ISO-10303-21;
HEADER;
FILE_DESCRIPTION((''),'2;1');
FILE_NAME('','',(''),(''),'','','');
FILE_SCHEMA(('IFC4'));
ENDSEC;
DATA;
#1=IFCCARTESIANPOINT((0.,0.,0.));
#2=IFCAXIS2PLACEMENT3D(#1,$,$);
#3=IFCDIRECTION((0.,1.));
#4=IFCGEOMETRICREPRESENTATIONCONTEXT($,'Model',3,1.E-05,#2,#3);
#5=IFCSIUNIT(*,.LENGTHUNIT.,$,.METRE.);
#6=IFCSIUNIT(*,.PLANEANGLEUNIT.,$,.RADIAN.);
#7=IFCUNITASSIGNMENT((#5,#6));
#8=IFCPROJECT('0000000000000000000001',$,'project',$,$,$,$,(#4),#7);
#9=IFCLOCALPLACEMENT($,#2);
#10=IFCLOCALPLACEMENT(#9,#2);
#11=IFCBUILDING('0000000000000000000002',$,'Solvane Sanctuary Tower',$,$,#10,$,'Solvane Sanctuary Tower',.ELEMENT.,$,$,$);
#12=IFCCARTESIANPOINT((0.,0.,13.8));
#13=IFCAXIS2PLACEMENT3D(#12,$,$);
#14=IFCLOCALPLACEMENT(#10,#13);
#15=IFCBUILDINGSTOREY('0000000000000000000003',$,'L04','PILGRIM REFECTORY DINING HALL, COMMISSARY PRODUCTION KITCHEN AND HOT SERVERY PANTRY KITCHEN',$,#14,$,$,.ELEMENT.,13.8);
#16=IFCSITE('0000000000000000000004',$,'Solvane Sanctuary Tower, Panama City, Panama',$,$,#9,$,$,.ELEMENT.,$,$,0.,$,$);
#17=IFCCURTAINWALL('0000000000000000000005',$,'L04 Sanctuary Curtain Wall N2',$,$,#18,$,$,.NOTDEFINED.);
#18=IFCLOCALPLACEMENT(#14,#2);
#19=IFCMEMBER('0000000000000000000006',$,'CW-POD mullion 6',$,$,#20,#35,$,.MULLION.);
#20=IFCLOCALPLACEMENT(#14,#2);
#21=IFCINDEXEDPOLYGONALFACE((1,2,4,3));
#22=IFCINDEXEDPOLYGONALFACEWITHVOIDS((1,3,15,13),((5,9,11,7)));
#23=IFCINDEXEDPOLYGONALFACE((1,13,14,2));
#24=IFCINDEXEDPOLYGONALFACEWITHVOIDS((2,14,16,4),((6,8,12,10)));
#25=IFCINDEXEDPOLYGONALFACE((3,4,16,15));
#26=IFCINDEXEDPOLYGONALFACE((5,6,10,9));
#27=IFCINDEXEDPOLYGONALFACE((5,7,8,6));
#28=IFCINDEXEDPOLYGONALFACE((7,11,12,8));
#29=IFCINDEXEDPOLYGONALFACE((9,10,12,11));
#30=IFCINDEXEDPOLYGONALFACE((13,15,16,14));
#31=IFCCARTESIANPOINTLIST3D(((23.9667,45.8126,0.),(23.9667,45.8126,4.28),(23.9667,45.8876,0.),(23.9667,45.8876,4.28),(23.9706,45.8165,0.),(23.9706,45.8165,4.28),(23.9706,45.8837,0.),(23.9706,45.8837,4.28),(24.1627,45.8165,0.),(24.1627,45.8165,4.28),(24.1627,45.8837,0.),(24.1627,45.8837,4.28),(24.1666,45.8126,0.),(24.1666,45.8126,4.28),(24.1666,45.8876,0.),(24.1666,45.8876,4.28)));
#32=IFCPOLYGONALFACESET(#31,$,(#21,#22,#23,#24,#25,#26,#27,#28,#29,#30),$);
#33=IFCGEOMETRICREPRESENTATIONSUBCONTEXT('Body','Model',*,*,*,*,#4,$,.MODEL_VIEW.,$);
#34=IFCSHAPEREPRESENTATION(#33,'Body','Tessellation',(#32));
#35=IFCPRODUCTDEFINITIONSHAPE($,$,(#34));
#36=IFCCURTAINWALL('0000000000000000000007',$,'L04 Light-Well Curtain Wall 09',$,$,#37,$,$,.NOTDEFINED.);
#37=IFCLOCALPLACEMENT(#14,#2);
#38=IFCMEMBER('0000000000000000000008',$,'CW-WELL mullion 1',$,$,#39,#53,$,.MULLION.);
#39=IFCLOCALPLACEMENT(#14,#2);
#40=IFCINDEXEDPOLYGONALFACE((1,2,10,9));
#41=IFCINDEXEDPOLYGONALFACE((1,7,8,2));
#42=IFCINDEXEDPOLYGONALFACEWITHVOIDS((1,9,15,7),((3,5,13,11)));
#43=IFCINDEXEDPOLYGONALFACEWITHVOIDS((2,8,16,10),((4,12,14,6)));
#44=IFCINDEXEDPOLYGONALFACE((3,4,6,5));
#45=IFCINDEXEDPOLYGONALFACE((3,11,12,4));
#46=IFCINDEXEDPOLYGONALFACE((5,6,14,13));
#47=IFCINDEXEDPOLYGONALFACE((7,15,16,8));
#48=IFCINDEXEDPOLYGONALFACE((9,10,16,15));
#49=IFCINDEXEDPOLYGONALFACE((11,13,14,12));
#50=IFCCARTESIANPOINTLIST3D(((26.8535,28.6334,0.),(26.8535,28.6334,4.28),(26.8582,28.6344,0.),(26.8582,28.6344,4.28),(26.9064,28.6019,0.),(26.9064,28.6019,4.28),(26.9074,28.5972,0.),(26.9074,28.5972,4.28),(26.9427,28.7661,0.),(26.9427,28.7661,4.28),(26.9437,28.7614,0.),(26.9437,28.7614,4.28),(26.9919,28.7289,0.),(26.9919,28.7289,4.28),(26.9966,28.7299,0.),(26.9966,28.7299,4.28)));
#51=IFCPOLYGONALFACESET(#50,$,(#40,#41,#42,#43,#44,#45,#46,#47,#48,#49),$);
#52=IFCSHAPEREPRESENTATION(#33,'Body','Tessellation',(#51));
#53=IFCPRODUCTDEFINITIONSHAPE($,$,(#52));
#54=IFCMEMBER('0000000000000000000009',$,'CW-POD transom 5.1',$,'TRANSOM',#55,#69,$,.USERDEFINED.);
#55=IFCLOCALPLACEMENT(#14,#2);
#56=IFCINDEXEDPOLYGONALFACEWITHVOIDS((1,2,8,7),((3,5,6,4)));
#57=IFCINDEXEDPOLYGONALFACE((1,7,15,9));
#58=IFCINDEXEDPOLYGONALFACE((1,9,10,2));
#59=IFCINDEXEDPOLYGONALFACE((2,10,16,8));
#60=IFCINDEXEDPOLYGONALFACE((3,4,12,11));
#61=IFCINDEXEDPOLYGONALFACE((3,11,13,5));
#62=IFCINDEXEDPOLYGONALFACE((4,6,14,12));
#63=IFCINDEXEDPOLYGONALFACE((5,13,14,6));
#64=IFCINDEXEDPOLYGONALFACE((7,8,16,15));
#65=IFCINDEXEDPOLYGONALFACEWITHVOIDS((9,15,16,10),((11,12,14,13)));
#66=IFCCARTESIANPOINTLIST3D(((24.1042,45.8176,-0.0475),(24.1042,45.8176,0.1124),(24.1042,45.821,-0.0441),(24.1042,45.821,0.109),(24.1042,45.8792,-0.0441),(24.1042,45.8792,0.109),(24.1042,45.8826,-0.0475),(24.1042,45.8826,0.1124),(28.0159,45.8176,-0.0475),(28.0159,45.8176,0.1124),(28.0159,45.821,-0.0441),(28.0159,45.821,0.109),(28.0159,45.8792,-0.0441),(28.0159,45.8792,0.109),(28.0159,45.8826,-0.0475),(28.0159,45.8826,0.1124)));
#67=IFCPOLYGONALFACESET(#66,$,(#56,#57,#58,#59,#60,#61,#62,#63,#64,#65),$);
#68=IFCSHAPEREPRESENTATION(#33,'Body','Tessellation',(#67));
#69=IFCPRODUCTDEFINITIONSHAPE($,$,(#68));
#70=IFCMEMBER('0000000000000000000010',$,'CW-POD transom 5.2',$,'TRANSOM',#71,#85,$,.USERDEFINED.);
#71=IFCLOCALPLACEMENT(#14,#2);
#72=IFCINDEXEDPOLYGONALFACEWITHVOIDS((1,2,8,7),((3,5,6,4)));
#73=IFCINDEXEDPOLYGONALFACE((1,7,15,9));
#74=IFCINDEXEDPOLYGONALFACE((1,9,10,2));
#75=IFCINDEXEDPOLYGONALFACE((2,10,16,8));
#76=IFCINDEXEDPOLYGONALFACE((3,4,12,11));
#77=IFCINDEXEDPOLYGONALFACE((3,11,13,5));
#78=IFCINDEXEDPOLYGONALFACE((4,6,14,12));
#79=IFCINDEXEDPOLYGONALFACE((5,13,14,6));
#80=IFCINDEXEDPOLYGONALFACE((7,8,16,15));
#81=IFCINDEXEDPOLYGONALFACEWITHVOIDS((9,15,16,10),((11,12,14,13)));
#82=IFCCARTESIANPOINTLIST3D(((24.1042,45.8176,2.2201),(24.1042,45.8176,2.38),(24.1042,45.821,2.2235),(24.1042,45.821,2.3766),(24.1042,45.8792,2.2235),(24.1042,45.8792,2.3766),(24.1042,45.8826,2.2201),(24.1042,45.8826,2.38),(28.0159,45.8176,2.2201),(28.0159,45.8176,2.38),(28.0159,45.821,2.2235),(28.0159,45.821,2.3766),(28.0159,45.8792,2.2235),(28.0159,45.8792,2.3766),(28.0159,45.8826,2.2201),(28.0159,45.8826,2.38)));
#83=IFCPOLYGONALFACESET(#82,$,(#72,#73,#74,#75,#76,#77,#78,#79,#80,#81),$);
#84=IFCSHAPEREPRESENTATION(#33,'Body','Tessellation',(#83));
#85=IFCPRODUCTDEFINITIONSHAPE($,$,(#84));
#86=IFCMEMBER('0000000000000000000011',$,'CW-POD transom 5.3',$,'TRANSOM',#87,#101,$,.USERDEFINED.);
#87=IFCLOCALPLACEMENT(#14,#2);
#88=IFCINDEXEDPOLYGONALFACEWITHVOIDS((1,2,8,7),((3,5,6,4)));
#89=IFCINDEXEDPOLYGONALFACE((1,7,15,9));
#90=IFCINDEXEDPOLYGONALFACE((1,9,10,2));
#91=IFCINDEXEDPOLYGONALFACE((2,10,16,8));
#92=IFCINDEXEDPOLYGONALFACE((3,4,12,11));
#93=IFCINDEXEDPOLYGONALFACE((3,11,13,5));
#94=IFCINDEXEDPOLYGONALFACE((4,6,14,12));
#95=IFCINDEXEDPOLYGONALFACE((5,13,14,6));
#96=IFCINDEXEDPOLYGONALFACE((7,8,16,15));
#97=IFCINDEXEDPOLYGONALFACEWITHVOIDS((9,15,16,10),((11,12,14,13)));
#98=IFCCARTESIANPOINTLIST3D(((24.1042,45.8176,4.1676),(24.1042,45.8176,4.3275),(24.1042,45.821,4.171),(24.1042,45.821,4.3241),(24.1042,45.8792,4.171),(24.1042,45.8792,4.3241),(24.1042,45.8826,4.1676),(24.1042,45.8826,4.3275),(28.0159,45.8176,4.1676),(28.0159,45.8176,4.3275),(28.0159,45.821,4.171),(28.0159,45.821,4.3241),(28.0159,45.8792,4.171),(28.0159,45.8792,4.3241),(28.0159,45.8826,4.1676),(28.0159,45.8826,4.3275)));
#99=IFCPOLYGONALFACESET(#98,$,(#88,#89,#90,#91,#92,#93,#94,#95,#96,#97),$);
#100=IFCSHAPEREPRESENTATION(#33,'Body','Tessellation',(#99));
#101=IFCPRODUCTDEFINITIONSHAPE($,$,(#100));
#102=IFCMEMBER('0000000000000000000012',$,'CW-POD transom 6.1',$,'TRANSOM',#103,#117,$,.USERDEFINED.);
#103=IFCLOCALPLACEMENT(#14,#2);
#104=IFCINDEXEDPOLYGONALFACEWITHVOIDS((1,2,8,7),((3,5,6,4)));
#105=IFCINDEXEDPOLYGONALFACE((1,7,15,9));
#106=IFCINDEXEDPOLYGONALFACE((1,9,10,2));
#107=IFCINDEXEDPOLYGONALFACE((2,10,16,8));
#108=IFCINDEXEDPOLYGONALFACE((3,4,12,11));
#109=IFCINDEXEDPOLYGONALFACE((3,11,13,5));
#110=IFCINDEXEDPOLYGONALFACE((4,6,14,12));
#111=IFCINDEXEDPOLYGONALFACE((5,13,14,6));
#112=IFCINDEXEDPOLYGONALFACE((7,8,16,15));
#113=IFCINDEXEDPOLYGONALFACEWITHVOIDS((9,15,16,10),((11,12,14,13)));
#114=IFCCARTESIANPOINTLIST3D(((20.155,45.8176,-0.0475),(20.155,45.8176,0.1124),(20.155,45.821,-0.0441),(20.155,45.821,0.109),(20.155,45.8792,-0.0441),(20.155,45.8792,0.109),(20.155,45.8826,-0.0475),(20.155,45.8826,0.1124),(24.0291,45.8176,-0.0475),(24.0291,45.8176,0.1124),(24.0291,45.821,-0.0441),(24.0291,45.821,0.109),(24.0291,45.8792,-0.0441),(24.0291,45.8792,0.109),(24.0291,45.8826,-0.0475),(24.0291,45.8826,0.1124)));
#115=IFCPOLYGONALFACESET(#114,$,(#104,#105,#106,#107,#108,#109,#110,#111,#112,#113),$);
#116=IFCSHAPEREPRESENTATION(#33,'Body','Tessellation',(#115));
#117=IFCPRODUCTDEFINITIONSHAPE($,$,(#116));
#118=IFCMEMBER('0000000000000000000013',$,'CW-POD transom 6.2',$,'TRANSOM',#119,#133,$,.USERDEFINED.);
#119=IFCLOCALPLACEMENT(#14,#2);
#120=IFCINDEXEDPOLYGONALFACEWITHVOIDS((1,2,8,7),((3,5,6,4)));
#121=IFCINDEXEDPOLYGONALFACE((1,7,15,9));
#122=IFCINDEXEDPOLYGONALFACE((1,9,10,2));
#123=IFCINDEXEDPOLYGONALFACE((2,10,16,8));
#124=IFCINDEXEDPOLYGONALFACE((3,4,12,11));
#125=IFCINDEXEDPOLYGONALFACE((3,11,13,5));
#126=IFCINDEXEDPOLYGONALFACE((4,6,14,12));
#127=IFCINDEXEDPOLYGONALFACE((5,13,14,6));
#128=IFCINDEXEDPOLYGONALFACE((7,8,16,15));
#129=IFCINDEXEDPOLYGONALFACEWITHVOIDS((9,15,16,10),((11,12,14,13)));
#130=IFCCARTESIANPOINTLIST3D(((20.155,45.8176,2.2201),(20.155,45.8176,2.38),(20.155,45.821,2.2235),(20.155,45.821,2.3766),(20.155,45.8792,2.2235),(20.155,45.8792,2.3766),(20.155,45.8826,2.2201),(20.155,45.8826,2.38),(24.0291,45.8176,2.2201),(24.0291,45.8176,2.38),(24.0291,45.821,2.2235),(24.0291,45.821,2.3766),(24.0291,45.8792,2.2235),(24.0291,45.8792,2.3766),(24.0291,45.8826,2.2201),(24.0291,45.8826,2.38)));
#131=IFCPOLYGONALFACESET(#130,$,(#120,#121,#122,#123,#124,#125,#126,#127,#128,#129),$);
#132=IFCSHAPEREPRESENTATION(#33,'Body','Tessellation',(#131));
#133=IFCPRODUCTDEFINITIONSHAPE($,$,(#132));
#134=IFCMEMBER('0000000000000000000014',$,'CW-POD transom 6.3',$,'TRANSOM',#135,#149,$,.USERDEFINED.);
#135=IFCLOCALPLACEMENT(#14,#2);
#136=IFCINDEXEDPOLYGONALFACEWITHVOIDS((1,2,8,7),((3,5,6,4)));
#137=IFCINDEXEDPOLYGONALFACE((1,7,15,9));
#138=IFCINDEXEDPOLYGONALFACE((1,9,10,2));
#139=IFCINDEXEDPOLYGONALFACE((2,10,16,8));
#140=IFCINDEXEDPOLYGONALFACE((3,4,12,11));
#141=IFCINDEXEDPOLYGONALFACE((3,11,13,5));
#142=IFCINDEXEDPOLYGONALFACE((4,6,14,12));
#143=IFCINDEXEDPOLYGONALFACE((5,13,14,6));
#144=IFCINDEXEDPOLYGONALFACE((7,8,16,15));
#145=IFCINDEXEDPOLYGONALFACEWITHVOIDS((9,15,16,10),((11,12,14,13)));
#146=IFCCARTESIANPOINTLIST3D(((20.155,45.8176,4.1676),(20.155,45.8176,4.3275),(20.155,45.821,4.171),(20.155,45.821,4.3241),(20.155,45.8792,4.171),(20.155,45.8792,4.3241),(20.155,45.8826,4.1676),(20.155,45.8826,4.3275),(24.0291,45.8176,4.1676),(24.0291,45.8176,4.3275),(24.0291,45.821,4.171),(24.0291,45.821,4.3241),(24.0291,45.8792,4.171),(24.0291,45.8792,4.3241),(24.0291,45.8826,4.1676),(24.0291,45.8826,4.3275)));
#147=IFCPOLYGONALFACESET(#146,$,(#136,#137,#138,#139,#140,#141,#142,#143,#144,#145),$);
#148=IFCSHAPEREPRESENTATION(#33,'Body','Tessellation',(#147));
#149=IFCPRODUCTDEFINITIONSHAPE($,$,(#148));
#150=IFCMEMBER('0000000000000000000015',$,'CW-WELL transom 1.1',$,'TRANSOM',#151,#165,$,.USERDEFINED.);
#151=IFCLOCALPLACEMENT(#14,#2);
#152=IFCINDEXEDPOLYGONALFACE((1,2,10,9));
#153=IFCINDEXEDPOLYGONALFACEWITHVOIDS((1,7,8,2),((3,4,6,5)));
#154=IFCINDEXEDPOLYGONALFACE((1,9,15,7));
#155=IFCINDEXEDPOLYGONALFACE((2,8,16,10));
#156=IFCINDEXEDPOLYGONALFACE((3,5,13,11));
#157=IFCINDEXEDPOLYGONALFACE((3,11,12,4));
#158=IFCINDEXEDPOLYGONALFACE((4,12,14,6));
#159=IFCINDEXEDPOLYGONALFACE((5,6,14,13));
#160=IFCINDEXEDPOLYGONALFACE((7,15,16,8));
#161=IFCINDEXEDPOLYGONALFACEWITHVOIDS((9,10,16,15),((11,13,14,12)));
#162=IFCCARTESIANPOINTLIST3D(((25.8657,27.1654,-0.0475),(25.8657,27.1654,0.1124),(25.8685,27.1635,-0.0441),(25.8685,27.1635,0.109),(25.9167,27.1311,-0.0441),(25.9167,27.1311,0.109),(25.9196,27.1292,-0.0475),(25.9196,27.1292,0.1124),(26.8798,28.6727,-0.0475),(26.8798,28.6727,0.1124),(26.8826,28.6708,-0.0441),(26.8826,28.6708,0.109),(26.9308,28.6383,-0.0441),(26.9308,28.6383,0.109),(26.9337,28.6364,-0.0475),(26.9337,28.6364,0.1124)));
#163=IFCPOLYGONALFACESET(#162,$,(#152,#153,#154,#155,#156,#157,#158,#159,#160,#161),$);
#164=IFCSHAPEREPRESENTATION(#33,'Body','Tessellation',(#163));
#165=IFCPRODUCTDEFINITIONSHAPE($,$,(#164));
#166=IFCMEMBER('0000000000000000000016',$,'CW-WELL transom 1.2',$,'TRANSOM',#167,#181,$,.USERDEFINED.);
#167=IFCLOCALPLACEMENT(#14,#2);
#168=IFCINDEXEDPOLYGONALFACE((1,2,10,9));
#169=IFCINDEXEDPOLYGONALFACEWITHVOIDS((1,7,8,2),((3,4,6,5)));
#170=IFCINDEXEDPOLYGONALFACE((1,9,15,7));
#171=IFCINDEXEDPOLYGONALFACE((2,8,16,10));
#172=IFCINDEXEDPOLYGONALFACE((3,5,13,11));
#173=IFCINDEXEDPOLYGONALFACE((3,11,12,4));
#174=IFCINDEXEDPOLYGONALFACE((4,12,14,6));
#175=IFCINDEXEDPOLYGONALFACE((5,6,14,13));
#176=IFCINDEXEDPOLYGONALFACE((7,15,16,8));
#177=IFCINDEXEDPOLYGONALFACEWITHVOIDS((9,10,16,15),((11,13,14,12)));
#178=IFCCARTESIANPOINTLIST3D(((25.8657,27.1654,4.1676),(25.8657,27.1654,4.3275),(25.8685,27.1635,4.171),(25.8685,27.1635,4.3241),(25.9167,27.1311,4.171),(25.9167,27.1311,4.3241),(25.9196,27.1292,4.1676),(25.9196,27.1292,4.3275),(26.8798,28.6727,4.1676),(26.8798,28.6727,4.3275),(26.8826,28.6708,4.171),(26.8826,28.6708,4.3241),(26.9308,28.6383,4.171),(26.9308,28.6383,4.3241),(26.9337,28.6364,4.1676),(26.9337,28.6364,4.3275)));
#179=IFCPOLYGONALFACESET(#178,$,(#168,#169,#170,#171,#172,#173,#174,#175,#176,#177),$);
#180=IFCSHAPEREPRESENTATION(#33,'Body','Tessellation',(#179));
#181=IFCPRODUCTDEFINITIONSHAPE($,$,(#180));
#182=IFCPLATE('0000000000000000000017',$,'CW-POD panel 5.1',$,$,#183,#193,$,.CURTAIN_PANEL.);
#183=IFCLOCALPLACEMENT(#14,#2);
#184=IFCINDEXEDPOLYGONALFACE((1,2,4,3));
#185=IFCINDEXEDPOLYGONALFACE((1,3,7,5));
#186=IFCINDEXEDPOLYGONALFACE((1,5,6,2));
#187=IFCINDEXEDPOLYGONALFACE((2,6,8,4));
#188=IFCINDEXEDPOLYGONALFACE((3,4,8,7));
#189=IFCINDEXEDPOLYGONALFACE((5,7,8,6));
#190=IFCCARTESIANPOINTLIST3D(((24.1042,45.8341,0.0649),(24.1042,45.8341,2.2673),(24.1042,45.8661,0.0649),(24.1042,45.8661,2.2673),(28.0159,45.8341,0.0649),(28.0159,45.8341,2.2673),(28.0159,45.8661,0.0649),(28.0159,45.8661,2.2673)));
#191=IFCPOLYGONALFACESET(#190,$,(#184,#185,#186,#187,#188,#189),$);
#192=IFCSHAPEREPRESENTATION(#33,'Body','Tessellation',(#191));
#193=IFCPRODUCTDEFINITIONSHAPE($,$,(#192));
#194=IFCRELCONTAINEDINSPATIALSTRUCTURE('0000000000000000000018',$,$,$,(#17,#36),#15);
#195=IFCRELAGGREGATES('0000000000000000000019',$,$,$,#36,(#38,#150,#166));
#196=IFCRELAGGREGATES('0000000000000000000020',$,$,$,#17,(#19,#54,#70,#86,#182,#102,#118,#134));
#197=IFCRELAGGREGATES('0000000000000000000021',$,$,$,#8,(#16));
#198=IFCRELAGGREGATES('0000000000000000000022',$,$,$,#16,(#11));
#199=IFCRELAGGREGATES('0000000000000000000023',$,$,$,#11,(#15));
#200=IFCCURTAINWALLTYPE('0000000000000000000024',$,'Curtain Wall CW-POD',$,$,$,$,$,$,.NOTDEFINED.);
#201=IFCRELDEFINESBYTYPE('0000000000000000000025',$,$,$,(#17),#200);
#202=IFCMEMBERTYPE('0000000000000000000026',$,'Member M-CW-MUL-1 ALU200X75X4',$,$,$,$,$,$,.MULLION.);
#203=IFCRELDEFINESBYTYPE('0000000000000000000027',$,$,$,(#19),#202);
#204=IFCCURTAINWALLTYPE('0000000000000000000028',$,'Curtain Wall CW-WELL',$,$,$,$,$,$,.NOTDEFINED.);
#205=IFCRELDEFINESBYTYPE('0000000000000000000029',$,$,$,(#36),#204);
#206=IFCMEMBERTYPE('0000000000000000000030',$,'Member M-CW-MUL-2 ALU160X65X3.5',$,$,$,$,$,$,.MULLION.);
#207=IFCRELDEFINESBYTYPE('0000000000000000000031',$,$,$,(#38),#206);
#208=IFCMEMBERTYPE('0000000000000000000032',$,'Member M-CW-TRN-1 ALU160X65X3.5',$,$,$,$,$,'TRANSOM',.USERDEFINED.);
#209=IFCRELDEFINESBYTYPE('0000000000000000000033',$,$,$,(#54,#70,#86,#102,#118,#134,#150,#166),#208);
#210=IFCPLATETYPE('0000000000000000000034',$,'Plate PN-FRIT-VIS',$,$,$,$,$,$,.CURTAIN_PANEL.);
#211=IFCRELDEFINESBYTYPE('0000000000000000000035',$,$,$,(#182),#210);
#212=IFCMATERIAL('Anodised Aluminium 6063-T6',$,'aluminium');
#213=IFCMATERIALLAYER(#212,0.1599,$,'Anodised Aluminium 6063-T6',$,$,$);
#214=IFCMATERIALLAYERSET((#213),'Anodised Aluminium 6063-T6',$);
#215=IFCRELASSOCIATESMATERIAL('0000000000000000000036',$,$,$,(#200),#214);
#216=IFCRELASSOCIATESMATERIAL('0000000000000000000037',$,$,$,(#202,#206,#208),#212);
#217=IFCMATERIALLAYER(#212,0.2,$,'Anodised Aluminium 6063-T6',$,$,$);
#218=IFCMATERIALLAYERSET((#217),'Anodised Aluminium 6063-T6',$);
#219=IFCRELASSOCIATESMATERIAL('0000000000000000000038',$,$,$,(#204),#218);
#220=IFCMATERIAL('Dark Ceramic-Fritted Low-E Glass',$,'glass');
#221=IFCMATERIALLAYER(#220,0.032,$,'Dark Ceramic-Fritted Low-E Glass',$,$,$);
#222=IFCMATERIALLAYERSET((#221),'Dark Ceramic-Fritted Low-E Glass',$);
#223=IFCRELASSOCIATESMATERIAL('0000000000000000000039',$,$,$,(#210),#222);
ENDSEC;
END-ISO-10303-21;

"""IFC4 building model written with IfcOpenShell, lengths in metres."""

from ifc_helpers import new_model, si_unit, direction, frame, origin, origin_2d, place, context, subcontext, project, spatial, rectangle, hollow_rectangle, extrude, material, layer, layer_set, material_profile, profile_set, type_object, element, aggregate, save


model = new_model("IFC4")

# Units and contexts
model_context = context("Model", 3, precision=1e-05, world=origin(), true_north=direction((0.0, 1.0)))
body_context = subcontext(model_context, "Body", "Model", "MODEL_VIEW")
ifc_project = project(units=[si_unit("LENGTHUNIT", "METRE"), si_unit("PLANEANGLEUNIT", "RADIAN")], contexts=[model_context])

# Site, building, storey
site_placement = place(None, origin())
site = spatial("IfcSite", under=ifc_project, at=site_placement, Name="Solvane Sanctuary Tower, Panama City, Panama", CompositionType="ELEMENT", RefElevation=0.0)
building_placement = place(site_placement, origin())
building = spatial("IfcBuilding", under=site, at=building_placement, Name="Solvane Sanctuary Tower", LongName="Solvane Sanctuary Tower", CompositionType="ELEMENT")
storey_placement = place(building_placement, frame((0.0, 0.0, 13.8)))
storey = spatial("IfcBuildingStorey", under=building, at=storey_placement, Name="L04", Description="PILGRIM REFECTORY DINING HALL, COMMISSARY PRODUCTION KITCHEN AND HOT SERVERY PANTRY KITCHEN", CompositionType="ELEMENT", Elevation=13.8)

# Curtain wall, member
ifc_material_1 = material(Name="Anodised Aluminium 6063-T6", Category="aluminium")
ifc_layer_1 = layer(ifc_material_1, 0.1599, Name="Anodised Aluminium 6063-T6")
ifc_layer_set_1 = layer_set([ifc_layer_1], Name="Anodised Aluminium 6063-T6")
curtain_wall_type_1 = type_object("IfcCurtainWallType", Name="Curtain Wall CW-POD", PredefinedType="NOTDEFINED", material=ifc_layer_set_1)
curtain_wall_1_placement = place(storey_placement, origin())
curtain_wall_1 = element("IfcCurtainWall", 1, at=curtain_wall_1_placement, inside=storey, type_object=curtain_wall_type_1, Name="L04 Sanctuary Curtain Wall N2", PredefinedType="NOTDEFINED")
ifc_material_profile_1 = material_profile(ifc_material_1, hollow_rectangle(XDim=0.075, YDim=0.2, WallThickness=0.0039, at=origin_2d()), Name="ALU200X75X4")
ifc_profile_set_1 = profile_set([ifc_material_profile_1], Name="Anodised Aluminium 6063-T6")
member_type_1 = type_object("IfcMemberType", Name="Member M-CW-MUL-1 ALU200X75X4", PredefinedType="MULLION", material=ifc_profile_set_1)
member_1_placement = place(storey_placement, frame((24.0667, 45.8501, 0.0), z_axis=(0.0, 0.0, 1.0), x_axis=(0.0, -1.0, 0.0)))
member_1 = element("IfcMember", 2, at=member_1_placement, type_object=member_type_1, Name="CW-POD mullion 6", PredefinedType="MULLION", context=body_context, shape_type="SweptSolid", body=[
    extrude(hollow_rectangle(XDim=0.075, YDim=0.2, WallThickness=0.0039, at=origin_2d()), origin(), (0.0, 0.0, 1.0), 4.28),
])

# Curtain wall, member
ifc_layer_2 = layer(ifc_material_1, 0.2, Name="Anodised Aluminium 6063-T6")
ifc_layer_set_2 = layer_set([ifc_layer_2], Name="Anodised Aluminium 6063-T6")
curtain_wall_type_2 = type_object("IfcCurtainWallType", Name="Curtain Wall CW-WELL", PredefinedType="NOTDEFINED", material=ifc_layer_set_2)
curtain_wall_2_placement = place(storey_placement, origin())
curtain_wall_2 = element("IfcCurtainWall", 3, at=curtain_wall_2_placement, inside=storey, type_object=curtain_wall_type_2, Name="L04 Light-Well Curtain Wall 09", PredefinedType="NOTDEFINED")
ifc_material_profile_2 = material_profile(ifc_material_1, hollow_rectangle(XDim=0.0649, YDim=0.1599, WallThickness=0.0034, at=origin_2d()), Name="ALU160X65X3.5")
ifc_profile_set_2 = profile_set([ifc_material_profile_2], Name="Anodised Aluminium 6063-T6")
member_type_2 = type_object("IfcMemberType", Name="Member M-CW-MUL-2 ALU160X65X3.5", PredefinedType="MULLION", material=ifc_profile_set_2)
member_2_placement = place(storey_placement, frame((26.925, 28.6816, 0.0), z_axis=(0.0, 0.0, 1.0), x_axis=(0.829664, -0.558263, 0.0)))
member_2 = element("IfcMember", 4, at=member_2_placement, type_object=member_type_2, Name="CW-WELL mullion 1", PredefinedType="MULLION", context=body_context, shape_type="SweptSolid", body=[
    extrude(hollow_rectangle(XDim=0.0649, YDim=0.1599, WallThickness=0.0034, at=origin_2d()), origin(), (0.0, 0.0, 1.0), 4.28),
])

# Members
ifc_material_profile_3 = material_profile(ifc_material_1, hollow_rectangle(XDim=0.0649, YDim=0.1599, WallThickness=0.0034, at=origin_2d()), Name="ALU160X65X3.5")
ifc_profile_set_3 = profile_set([ifc_material_profile_3], Name="Anodised Aluminium 6063-T6")
member_type_3 = type_object("IfcMemberType", Name="Member M-CW-TRN-1 ALU160X65X3.5", ElementType="TRANSOM", PredefinedType="USERDEFINED", material=ifc_profile_set_3)
member_3_placement = place(storey_placement, frame((28.0159, 45.8501, 0.0325), z_axis=(-1.0, 0.0, 0.0), x_axis=(0.0, -1.0, 0.0)))
member_3 = element("IfcMember", 5, at=member_3_placement, type_object=member_type_3, Name="CW-POD transom 5.1", ObjectType="TRANSOM", PredefinedType="USERDEFINED", context=body_context, shape_type="SweptSolid", body=[
    extrude(hollow_rectangle(XDim=0.0649, YDim=0.1599, WallThickness=0.0034, at=origin_2d()), origin(), (0.0, 0.0, 1.0), 3.9116),
])
member_4_placement = place(storey_placement, frame((28.0159, 45.8501, 2.3), z_axis=(-1.0, 0.0, 0.0), x_axis=(0.0, -1.0, 0.0)))
member_4 = element("IfcMember", 6, at=member_4_placement, type_object=member_type_3, Name="CW-POD transom 5.2", ObjectType="TRANSOM", PredefinedType="USERDEFINED", context=body_context, shape_type="SweptSolid", body=[
    extrude(hollow_rectangle(XDim=0.0649, YDim=0.1599, WallThickness=0.0034, at=origin_2d()), origin(), (0.0, 0.0, 1.0), 3.9116),
])
member_5_placement = place(storey_placement, frame((28.0159, 45.8501, 4.2476), z_axis=(-1.0, 0.0, 0.0), x_axis=(0.0, -1.0, 0.0)))
member_5 = element("IfcMember", 7, at=member_5_placement, type_object=member_type_3, Name="CW-POD transom 5.3", ObjectType="TRANSOM", PredefinedType="USERDEFINED", context=body_context, shape_type="SweptSolid", body=[
    extrude(hollow_rectangle(XDim=0.0649, YDim=0.1599, WallThickness=0.0034, at=origin_2d()), origin(), (0.0, 0.0, 1.0), 3.9116),
])
member_6_placement = place(storey_placement, frame((24.0291, 45.8501, 0.0325), z_axis=(-1.0, 0.0, 0.0), x_axis=(0.0, -1.0, 0.0)))
member_6 = element("IfcMember", 8, at=member_6_placement, type_object=member_type_3, Name="CW-POD transom 6.1", ObjectType="TRANSOM", PredefinedType="USERDEFINED", context=body_context, shape_type="SweptSolid", body=[
    extrude(hollow_rectangle(XDim=0.0649, YDim=0.1599, WallThickness=0.0034, at=origin_2d()), origin(), (0.0, 0.0, 1.0), 3.874),
])
member_7_placement = place(storey_placement, frame((24.0291, 45.8501, 2.3), z_axis=(-1.0, 0.0, 0.0), x_axis=(0.0, -1.0, 0.0)))
member_7 = element("IfcMember", 9, at=member_7_placement, type_object=member_type_3, Name="CW-POD transom 6.2", ObjectType="TRANSOM", PredefinedType="USERDEFINED", context=body_context, shape_type="SweptSolid", body=[
    extrude(hollow_rectangle(XDim=0.0649, YDim=0.1599, WallThickness=0.0034, at=origin_2d()), origin(), (0.0, 0.0, 1.0), 3.874),
])
member_8_placement = place(storey_placement, frame((24.0291, 45.8501, 4.2476), z_axis=(-1.0, 0.0, 0.0), x_axis=(0.0, -1.0, 0.0)))
member_8 = element("IfcMember", 10, at=member_8_placement, type_object=member_type_3, Name="CW-POD transom 6.3", ObjectType="TRANSOM", PredefinedType="USERDEFINED", context=body_context, shape_type="SweptSolid", body=[
    extrude(hollow_rectangle(XDim=0.0649, YDim=0.1599, WallThickness=0.0034, at=origin_2d()), origin(), (0.0, 0.0, 1.0), 3.874),
])
member_9_placement = place(storey_placement, frame((26.9067, 28.6545, 0.0325), z_axis=(-0.558231, -0.829686, 0.0), x_axis=(0.829686, -0.558231, 0.0)))
member_9 = element("IfcMember", 11, at=member_9_placement, type_object=member_type_3, Name="CW-WELL transom 1.1", ObjectType="TRANSOM", PredefinedType="USERDEFINED", context=body_context, shape_type="SweptSolid", body=[
    extrude(hollow_rectangle(XDim=0.0649, YDim=0.1599, WallThickness=0.0034, at=origin_2d()), origin(), (0.0, 0.0, 1.0), 1.8167),
])
member_10_placement = place(storey_placement, frame((26.9067, 28.6545, 4.2476), z_axis=(-0.558231, -0.829686, 0.0), x_axis=(0.829686, -0.558231, 0.0)))
member_10 = element("IfcMember", 12, at=member_10_placement, type_object=member_type_3, Name="CW-WELL transom 1.2", ObjectType="TRANSOM", PredefinedType="USERDEFINED", context=body_context, shape_type="SweptSolid", body=[
    extrude(hollow_rectangle(XDim=0.0649, YDim=0.1599, WallThickness=0.0034, at=origin_2d()), origin(), (0.0, 0.0, 1.0), 1.8167),
])
aggregate(curtain_wall_2, [member_2, member_9, member_10])

# Plate
ifc_material_2 = material(Name="Dark Ceramic-Fritted Low-E Glass", Category="glass")
ifc_layer_3 = layer(ifc_material_2, 0.032, Name="Dark Ceramic-Fritted Low-E Glass")
ifc_layer_set_3 = layer_set([ifc_layer_3], Name="Dark Ceramic-Fritted Low-E Glass")
plate_type = type_object("IfcPlateType", Name="Plate PN-FRIT-VIS", PredefinedType="CURTAIN_PANEL", material=ifc_layer_set_3)
plate_1_placement = place(storey_placement, frame((26.0601, 45.8501, 0.0649), z_axis=(0.0, 0.0, 1.0), x_axis=(-1.0, 0.0, 0.0)))
plate_1 = element("IfcPlate", 13, at=plate_1_placement, type_object=plate_type, Name="CW-POD panel 5.1", PredefinedType="CURTAIN_PANEL", context=body_context, shape_type="SweptSolid", body=[
    extrude(rectangle(XDim=3.9116, YDim=0.032, at=origin_2d()), origin(), (0.0, 0.0, 1.0), 2.2024),
])
aggregate(curtain_wall_1, [member_1, member_3, member_4, member_5, plate_1, member_6, member_7, member_8])

save(model, "model.ifc")
